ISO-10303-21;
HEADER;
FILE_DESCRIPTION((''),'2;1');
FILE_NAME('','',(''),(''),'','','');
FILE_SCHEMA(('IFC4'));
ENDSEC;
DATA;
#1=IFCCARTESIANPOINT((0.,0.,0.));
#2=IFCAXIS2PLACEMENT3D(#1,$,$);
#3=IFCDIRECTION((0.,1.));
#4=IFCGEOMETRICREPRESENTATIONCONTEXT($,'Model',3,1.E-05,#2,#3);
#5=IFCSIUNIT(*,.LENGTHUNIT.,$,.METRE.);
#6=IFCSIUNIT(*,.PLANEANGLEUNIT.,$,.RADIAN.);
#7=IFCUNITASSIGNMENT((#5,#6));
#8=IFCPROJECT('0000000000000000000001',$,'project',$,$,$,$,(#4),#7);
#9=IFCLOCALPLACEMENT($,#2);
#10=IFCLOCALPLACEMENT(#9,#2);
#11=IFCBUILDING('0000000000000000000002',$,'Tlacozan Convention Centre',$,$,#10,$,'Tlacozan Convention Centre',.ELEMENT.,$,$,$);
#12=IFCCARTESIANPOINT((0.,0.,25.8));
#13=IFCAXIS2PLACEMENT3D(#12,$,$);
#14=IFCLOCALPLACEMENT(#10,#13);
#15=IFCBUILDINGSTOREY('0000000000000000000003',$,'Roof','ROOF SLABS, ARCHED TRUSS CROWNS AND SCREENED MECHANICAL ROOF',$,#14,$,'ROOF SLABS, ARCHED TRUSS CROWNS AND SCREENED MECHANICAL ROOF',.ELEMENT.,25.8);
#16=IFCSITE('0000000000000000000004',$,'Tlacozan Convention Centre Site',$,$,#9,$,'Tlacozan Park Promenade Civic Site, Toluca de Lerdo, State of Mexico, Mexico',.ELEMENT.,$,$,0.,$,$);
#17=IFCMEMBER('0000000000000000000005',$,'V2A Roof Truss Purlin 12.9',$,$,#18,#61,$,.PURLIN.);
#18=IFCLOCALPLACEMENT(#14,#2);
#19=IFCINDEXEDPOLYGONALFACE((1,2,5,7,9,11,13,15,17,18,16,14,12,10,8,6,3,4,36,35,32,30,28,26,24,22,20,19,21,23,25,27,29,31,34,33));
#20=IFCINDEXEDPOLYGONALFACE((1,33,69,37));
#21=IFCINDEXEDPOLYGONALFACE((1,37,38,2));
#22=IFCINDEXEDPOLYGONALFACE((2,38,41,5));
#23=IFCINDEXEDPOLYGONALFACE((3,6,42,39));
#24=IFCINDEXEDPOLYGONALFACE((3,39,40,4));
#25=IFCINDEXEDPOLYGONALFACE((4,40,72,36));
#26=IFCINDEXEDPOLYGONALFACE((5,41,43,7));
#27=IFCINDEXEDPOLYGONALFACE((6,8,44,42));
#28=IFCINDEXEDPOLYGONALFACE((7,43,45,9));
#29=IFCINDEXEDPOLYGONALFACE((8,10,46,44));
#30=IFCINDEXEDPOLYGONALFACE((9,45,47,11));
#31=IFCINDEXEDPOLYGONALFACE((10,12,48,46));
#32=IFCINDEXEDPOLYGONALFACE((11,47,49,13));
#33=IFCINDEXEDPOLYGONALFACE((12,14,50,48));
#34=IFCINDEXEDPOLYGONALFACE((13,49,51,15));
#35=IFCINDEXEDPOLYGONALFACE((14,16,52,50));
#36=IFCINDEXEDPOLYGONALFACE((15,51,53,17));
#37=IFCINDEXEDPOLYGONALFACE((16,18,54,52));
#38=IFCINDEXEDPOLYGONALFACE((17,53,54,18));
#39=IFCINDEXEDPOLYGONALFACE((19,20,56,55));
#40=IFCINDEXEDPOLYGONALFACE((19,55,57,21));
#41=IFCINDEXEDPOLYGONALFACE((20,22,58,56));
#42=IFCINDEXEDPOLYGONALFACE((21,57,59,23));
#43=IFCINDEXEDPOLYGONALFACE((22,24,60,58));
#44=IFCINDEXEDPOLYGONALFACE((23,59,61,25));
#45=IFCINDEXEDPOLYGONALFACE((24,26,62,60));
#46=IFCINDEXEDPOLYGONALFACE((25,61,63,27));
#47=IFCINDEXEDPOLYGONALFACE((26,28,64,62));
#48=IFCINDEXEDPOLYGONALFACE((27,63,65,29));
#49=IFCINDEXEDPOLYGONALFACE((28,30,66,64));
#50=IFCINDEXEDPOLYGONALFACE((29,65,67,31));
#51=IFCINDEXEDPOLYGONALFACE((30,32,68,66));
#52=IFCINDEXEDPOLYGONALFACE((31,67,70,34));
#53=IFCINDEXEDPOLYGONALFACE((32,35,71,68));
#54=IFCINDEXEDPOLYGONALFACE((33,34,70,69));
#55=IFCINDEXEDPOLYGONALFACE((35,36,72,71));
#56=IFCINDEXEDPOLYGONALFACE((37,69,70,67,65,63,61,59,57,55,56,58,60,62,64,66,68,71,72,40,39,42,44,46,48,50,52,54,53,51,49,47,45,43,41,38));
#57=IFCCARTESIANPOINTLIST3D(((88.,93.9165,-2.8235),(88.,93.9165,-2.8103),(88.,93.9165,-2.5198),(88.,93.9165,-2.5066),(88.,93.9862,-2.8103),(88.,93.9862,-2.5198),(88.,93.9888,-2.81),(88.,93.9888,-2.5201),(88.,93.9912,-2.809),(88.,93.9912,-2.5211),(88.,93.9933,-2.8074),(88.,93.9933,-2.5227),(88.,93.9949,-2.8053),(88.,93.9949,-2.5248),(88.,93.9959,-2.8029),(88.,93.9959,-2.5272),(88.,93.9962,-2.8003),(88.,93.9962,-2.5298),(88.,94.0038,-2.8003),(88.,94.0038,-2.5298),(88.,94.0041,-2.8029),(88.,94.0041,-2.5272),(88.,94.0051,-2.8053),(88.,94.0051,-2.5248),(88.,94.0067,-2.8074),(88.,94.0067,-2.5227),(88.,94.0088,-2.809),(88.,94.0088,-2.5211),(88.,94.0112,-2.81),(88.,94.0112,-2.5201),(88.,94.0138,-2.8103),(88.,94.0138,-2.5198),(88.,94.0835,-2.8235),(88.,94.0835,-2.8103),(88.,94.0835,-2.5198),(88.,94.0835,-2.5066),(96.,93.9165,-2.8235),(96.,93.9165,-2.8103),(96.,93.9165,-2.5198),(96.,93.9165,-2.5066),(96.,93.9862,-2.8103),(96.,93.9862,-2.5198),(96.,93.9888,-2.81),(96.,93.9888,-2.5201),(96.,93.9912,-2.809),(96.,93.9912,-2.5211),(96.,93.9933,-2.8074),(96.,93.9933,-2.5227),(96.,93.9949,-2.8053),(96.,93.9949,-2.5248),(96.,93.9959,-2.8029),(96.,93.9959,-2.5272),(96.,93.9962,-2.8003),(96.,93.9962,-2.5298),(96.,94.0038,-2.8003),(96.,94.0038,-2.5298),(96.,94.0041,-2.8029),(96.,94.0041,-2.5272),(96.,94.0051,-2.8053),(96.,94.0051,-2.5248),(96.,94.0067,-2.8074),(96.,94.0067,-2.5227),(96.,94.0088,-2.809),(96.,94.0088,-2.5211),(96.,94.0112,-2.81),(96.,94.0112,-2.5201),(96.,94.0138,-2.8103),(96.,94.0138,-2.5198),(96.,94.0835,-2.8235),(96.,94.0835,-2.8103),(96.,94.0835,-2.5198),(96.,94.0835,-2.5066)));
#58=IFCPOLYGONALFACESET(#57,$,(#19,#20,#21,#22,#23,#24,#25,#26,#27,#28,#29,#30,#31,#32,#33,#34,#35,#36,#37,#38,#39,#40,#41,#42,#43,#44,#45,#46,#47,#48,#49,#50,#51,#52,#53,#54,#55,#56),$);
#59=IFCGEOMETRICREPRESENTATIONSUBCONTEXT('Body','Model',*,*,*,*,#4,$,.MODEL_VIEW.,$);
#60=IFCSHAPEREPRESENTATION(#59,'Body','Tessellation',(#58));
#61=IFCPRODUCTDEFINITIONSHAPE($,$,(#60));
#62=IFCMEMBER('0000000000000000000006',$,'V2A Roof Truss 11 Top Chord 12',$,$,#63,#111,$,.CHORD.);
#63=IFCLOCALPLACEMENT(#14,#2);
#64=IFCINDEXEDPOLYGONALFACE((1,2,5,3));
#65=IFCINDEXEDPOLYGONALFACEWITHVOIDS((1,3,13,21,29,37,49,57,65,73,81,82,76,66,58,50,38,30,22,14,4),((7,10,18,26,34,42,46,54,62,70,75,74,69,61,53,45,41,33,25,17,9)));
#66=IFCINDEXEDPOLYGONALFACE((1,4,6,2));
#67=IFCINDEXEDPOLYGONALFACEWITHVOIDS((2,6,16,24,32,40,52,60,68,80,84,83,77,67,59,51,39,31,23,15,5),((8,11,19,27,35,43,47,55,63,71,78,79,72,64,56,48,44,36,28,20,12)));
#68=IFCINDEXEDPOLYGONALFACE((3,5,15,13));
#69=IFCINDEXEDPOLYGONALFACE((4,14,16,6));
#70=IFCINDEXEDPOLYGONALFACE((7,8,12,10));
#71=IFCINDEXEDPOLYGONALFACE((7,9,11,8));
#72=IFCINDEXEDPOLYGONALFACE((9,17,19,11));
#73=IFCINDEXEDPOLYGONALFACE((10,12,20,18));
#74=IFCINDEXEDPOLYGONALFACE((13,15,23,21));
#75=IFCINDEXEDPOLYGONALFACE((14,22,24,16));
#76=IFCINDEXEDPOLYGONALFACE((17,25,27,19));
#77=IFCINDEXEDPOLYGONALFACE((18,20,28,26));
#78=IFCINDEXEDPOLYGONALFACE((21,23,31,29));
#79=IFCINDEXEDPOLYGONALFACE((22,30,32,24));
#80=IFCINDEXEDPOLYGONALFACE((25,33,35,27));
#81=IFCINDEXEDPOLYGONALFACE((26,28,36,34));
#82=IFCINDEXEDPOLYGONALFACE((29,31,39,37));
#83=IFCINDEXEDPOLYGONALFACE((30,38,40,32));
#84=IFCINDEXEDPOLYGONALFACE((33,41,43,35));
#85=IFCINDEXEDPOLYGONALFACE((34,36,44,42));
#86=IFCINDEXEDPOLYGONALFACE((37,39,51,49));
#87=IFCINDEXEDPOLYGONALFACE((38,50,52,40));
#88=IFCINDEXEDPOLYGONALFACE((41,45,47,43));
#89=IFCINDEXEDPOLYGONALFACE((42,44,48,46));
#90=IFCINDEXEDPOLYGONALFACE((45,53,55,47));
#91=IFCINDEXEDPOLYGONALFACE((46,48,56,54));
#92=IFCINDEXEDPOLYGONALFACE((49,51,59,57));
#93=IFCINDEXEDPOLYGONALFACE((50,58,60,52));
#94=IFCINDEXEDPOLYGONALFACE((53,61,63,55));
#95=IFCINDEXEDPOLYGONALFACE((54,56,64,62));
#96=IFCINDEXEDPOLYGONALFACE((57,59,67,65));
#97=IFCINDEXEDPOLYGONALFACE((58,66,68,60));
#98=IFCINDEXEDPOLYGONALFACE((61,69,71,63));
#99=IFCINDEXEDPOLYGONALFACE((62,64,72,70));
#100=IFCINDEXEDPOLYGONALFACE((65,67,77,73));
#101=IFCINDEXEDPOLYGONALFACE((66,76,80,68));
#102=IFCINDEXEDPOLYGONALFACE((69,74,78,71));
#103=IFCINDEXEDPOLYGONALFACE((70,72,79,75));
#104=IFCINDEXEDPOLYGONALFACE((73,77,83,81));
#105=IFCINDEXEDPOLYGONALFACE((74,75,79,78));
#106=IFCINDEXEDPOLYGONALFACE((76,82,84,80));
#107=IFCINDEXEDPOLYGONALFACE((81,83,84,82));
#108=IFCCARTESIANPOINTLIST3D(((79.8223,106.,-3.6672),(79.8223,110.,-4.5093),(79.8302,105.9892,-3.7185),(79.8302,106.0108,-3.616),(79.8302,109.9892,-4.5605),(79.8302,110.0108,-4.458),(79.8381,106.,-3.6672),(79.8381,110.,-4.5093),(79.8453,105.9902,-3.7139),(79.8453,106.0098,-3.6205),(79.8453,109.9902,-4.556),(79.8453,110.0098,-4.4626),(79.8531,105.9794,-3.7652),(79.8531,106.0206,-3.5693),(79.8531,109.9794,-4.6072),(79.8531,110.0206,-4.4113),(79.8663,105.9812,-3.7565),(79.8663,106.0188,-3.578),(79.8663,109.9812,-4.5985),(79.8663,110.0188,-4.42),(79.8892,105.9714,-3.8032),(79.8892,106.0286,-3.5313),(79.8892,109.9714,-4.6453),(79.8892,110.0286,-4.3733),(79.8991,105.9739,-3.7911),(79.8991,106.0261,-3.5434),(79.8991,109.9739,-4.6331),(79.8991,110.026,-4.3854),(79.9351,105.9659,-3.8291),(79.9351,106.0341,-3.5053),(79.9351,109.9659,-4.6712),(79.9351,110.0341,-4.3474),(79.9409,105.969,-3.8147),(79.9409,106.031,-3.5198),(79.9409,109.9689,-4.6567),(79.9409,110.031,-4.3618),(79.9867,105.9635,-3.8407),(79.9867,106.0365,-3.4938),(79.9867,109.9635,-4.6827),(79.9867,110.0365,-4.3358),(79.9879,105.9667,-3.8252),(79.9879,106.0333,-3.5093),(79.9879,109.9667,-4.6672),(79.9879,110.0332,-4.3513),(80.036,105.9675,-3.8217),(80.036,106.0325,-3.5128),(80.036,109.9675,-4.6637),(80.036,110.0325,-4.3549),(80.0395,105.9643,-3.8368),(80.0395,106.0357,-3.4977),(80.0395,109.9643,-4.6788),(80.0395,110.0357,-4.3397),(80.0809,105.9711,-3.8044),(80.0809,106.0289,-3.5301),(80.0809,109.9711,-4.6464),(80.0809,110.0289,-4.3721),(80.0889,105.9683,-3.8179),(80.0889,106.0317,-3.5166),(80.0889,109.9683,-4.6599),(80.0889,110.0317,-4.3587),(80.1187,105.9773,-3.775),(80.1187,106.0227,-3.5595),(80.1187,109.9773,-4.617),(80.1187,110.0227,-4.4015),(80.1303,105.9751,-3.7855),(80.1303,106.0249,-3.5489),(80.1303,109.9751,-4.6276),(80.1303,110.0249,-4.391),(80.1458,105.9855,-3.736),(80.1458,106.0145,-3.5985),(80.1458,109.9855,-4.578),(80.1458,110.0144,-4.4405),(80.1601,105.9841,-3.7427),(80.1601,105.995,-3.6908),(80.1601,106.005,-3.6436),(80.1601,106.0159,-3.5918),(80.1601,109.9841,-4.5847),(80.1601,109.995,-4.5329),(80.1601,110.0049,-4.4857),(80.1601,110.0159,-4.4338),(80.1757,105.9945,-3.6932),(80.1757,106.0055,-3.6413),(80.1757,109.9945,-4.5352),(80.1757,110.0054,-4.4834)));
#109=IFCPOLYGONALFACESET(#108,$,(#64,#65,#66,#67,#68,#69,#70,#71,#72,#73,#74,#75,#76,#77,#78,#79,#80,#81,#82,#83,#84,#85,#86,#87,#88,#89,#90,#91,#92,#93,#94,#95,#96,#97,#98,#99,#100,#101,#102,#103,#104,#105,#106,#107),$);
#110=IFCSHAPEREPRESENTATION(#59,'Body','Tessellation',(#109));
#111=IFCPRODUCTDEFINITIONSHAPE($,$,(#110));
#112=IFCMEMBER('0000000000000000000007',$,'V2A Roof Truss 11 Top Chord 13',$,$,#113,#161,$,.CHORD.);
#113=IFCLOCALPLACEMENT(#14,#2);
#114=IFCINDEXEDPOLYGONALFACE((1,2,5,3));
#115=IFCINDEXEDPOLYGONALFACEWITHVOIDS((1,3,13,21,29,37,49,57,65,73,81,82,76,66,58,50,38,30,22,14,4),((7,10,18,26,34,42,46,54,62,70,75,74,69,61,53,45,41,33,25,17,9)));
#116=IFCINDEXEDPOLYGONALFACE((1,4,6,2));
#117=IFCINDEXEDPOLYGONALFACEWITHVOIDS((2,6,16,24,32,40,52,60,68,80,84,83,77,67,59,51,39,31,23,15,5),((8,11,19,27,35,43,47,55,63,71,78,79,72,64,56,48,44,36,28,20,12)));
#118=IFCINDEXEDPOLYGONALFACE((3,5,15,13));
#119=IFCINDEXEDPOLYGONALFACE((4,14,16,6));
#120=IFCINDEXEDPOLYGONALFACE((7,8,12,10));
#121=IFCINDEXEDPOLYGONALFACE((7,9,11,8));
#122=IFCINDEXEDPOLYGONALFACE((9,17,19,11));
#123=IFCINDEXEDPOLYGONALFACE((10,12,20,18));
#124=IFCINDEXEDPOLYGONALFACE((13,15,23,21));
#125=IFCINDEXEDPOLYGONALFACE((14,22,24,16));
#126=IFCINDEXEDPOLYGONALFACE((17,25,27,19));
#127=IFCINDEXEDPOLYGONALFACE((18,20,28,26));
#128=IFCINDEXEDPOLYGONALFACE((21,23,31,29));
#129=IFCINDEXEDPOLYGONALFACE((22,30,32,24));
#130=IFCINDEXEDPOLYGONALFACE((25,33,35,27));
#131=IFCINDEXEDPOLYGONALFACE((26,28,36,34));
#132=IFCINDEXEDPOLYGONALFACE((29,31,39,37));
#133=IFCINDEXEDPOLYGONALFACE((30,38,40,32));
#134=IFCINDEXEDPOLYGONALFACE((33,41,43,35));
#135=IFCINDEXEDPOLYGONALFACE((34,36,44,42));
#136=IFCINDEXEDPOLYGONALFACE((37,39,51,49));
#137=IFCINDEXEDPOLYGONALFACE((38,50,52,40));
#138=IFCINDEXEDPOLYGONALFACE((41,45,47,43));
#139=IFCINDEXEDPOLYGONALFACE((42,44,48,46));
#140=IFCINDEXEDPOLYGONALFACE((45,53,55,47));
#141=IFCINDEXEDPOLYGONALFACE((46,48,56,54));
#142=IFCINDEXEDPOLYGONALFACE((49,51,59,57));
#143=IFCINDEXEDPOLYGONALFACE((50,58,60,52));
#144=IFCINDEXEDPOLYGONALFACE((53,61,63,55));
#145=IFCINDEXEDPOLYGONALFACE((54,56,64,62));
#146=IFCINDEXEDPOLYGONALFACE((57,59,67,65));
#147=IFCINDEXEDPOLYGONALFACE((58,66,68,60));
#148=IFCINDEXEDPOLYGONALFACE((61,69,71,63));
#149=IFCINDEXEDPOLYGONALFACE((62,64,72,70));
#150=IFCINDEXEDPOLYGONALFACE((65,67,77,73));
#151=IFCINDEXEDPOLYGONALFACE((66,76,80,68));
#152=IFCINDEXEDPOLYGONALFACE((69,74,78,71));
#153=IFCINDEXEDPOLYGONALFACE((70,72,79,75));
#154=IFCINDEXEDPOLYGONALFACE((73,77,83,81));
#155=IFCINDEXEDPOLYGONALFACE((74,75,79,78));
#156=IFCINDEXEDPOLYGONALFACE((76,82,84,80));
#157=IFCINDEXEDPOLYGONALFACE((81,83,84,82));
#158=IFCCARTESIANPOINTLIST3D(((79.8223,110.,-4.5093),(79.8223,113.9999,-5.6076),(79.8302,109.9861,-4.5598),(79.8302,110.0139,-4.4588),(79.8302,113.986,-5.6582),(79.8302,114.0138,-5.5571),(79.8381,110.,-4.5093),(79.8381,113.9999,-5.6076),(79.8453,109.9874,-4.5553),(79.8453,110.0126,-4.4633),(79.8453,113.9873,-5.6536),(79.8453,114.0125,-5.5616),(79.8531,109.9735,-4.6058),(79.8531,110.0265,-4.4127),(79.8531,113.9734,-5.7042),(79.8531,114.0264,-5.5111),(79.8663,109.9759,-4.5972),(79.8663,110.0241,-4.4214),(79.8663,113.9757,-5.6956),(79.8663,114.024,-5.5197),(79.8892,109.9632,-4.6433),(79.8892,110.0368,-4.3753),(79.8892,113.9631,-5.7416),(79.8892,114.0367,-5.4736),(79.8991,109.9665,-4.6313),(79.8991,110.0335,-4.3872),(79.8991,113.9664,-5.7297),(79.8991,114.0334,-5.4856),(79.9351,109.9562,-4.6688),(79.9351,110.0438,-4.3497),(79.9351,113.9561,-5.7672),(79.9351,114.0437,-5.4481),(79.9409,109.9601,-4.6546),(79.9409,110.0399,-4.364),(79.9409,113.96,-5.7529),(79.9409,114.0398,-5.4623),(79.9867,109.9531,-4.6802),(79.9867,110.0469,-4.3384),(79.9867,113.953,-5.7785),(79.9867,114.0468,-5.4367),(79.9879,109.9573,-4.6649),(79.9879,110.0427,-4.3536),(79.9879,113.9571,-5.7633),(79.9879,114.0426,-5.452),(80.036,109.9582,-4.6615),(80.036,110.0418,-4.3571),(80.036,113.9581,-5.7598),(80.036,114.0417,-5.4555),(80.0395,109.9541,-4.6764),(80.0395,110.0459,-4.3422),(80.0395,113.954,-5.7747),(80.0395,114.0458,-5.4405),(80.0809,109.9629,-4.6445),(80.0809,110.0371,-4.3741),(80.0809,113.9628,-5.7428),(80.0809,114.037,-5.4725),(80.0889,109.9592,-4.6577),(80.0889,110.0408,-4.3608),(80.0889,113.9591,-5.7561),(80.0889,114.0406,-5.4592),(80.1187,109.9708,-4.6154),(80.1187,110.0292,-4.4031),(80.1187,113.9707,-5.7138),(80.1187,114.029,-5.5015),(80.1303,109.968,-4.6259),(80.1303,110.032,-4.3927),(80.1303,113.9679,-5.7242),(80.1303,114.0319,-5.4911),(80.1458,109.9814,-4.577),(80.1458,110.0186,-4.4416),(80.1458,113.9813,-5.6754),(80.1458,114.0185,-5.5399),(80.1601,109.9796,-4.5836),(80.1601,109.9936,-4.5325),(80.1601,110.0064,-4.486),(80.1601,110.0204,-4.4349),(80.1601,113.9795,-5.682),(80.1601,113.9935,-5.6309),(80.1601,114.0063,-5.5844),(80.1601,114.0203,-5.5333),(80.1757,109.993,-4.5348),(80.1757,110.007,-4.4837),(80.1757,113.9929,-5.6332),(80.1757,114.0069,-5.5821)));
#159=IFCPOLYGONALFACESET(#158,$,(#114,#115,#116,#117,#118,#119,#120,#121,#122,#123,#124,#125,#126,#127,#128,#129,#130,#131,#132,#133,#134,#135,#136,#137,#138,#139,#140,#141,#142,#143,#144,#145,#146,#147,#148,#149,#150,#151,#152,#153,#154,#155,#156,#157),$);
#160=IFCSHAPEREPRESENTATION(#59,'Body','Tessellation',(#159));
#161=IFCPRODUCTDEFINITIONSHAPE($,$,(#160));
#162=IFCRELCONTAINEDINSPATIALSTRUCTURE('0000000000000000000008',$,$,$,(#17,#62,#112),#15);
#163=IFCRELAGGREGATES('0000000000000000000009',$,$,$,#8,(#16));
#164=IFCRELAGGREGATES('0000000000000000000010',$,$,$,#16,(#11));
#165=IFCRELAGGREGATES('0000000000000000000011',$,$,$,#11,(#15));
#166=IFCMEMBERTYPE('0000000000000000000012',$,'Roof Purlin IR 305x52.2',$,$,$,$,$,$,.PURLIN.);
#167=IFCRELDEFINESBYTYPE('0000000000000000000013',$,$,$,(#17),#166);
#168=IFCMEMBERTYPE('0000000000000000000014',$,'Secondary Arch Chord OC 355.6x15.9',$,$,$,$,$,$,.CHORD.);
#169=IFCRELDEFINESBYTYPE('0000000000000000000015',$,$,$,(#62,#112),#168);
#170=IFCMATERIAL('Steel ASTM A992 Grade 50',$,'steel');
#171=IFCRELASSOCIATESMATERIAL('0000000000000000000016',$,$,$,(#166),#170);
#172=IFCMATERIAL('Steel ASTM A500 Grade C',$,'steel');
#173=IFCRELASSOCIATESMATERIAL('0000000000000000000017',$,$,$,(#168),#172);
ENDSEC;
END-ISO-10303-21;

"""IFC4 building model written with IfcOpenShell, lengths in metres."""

from ifc_helpers import new_model, si_unit, direction, frame, origin, origin_2d, place, context, subcontext, project, spatial, hollow_circle, i_section, extrude, material, material_profile, profile_set, type_object, element, save


model = new_model("IFC4")

# Units and contexts
model_context = context("Model", 3, precision=1e-05, world=origin(), true_north=direction((0.0, 1.0)))
body_context = subcontext(model_context, "Body", "Model", "MODEL_VIEW")
ifc_project = project(units=[si_unit("LENGTHUNIT", "METRE"), si_unit("PLANEANGLEUNIT", "RADIAN")], contexts=[model_context])

# Site, building, storey
site_placement = place(None, origin())
site = spatial("IfcSite", under=ifc_project, at=site_placement, Name="Tlacozan Convention Centre Site", LongName="Tlacozan Park Promenade Civic Site, Toluca de Lerdo, State of Mexico, Mexico", CompositionType="ELEMENT", RefElevation=0.0)
building_placement = place(site_placement, origin())
building = spatial("IfcBuilding", under=site, at=building_placement, Name="Tlacozan Convention Centre", LongName="Tlacozan Convention Centre", CompositionType="ELEMENT")
storey_placement = place(building_placement, frame((0.0, 0.0, 25.8)))
storey = spatial("IfcBuildingStorey", under=building, at=storey_placement, Name="Roof", Description="ROOF SLABS, ARCHED TRUSS CROWNS AND SCREENED MECHANICAL ROOF", LongName="ROOF SLABS, ARCHED TRUSS CROWNS AND SCREENED MECHANICAL ROOF", CompositionType="ELEMENT", Elevation=25.8)

# Members
ifc_material_1 = material(Name="Steel ASTM A500 Grade C", Category="steel")
ifc_material_2 = material(Name="Steel ASTM A992 Grade 50", Category="steel")
ifc_material_profile_1 = material_profile(ifc_material_2, i_section(OverallWidth=0.167, OverallDepth=0.3169, WebThickness=0.0076, FlangeThickness=0.0132, FilletRadius=0.01, at=origin_2d()), Name="IR 305x52.2")
ifc_profile_set_1 = profile_set([ifc_material_profile_1], Name="Steel ASTM A992 Grade 50")
member_type_1 = type_object("IfcMemberType", Name="Roof Purlin IR 305x52.2", PredefinedType="PURLIN", material=ifc_profile_set_1)
for number, where, z_axis, x_axis, name in (
    (1, (88.0, 94.0, -2.665), (1.0, 0.0, 0.0), (0.0, 1.0, 0.0), "V2A Roof Truss Purlin 12.9"),
):
    element("IfcMember", number, at=place(storey_placement, frame(where, z_axis=z_axis, x_axis=x_axis)), inside=storey, type_object=member_type_1, Name=name, PredefinedType="PURLIN", context=body_context, shape_type="SweptSolid", body=[
        extrude(i_section(OverallWidth=0.167, OverallDepth=0.3169, WebThickness=0.0076, FlangeThickness=0.0132, FilletRadius=0.01, at=origin_2d()), origin(), (0.0, 0.0, 1.0), 8.0),
    ])
ifc_material_profile_2 = material_profile(ifc_material_1, hollow_circle(Radius=0.1777, WallThickness=0.0159, at=origin_2d()), Name="OC 355.6x15.9")
ifc_profile_set_2 = profile_set([ifc_material_profile_2], Name="Steel ASTM A500 Grade C")
member_type_2 = type_object("IfcMemberType", Name="Secondary Arch Chord OC 355.6x15.9", PredefinedType="CHORD", material=ifc_profile_set_2)
member_1_placement = place(storey_placement, frame((80.0, 106.0, -3.6672), z_axis=(0.0, 0.978553, -0.205995), x_axis=(-1.0, 0.0, 0.0)))
element("IfcMember", 2, at=member_1_placement, inside=storey, type_object=member_type_2, Name="V2A Roof Truss 11 Top Chord 12", PredefinedType="CHORD", context=body_context, shape_type="SweptSolid", body=[
    extrude(hollow_circle(Radius=0.1777, WallThickness=0.0159, at=origin_2d()), origin(), (0.0, 0.0, 1.0), 4.0876),
])
member_2_placement = place(storey_placement, frame((80.0, 110.0, -4.5093), z_axis=(0.0, 0.964305, -0.264795), x_axis=(-1.0, 0.0, 0.0)))
element("IfcMember", 3, at=member_2_placement, inside=storey, type_object=member_type_2, Name="V2A Roof Truss 11 Top Chord 13", PredefinedType="CHORD", context=body_context, shape_type="SweptSolid", body=[
    extrude(hollow_circle(Radius=0.1777, WallThickness=0.0159, at=origin_2d()), origin(), (0.0, 0.0, 1.0), 4.1479),
])

save(model, "model.ifc")
